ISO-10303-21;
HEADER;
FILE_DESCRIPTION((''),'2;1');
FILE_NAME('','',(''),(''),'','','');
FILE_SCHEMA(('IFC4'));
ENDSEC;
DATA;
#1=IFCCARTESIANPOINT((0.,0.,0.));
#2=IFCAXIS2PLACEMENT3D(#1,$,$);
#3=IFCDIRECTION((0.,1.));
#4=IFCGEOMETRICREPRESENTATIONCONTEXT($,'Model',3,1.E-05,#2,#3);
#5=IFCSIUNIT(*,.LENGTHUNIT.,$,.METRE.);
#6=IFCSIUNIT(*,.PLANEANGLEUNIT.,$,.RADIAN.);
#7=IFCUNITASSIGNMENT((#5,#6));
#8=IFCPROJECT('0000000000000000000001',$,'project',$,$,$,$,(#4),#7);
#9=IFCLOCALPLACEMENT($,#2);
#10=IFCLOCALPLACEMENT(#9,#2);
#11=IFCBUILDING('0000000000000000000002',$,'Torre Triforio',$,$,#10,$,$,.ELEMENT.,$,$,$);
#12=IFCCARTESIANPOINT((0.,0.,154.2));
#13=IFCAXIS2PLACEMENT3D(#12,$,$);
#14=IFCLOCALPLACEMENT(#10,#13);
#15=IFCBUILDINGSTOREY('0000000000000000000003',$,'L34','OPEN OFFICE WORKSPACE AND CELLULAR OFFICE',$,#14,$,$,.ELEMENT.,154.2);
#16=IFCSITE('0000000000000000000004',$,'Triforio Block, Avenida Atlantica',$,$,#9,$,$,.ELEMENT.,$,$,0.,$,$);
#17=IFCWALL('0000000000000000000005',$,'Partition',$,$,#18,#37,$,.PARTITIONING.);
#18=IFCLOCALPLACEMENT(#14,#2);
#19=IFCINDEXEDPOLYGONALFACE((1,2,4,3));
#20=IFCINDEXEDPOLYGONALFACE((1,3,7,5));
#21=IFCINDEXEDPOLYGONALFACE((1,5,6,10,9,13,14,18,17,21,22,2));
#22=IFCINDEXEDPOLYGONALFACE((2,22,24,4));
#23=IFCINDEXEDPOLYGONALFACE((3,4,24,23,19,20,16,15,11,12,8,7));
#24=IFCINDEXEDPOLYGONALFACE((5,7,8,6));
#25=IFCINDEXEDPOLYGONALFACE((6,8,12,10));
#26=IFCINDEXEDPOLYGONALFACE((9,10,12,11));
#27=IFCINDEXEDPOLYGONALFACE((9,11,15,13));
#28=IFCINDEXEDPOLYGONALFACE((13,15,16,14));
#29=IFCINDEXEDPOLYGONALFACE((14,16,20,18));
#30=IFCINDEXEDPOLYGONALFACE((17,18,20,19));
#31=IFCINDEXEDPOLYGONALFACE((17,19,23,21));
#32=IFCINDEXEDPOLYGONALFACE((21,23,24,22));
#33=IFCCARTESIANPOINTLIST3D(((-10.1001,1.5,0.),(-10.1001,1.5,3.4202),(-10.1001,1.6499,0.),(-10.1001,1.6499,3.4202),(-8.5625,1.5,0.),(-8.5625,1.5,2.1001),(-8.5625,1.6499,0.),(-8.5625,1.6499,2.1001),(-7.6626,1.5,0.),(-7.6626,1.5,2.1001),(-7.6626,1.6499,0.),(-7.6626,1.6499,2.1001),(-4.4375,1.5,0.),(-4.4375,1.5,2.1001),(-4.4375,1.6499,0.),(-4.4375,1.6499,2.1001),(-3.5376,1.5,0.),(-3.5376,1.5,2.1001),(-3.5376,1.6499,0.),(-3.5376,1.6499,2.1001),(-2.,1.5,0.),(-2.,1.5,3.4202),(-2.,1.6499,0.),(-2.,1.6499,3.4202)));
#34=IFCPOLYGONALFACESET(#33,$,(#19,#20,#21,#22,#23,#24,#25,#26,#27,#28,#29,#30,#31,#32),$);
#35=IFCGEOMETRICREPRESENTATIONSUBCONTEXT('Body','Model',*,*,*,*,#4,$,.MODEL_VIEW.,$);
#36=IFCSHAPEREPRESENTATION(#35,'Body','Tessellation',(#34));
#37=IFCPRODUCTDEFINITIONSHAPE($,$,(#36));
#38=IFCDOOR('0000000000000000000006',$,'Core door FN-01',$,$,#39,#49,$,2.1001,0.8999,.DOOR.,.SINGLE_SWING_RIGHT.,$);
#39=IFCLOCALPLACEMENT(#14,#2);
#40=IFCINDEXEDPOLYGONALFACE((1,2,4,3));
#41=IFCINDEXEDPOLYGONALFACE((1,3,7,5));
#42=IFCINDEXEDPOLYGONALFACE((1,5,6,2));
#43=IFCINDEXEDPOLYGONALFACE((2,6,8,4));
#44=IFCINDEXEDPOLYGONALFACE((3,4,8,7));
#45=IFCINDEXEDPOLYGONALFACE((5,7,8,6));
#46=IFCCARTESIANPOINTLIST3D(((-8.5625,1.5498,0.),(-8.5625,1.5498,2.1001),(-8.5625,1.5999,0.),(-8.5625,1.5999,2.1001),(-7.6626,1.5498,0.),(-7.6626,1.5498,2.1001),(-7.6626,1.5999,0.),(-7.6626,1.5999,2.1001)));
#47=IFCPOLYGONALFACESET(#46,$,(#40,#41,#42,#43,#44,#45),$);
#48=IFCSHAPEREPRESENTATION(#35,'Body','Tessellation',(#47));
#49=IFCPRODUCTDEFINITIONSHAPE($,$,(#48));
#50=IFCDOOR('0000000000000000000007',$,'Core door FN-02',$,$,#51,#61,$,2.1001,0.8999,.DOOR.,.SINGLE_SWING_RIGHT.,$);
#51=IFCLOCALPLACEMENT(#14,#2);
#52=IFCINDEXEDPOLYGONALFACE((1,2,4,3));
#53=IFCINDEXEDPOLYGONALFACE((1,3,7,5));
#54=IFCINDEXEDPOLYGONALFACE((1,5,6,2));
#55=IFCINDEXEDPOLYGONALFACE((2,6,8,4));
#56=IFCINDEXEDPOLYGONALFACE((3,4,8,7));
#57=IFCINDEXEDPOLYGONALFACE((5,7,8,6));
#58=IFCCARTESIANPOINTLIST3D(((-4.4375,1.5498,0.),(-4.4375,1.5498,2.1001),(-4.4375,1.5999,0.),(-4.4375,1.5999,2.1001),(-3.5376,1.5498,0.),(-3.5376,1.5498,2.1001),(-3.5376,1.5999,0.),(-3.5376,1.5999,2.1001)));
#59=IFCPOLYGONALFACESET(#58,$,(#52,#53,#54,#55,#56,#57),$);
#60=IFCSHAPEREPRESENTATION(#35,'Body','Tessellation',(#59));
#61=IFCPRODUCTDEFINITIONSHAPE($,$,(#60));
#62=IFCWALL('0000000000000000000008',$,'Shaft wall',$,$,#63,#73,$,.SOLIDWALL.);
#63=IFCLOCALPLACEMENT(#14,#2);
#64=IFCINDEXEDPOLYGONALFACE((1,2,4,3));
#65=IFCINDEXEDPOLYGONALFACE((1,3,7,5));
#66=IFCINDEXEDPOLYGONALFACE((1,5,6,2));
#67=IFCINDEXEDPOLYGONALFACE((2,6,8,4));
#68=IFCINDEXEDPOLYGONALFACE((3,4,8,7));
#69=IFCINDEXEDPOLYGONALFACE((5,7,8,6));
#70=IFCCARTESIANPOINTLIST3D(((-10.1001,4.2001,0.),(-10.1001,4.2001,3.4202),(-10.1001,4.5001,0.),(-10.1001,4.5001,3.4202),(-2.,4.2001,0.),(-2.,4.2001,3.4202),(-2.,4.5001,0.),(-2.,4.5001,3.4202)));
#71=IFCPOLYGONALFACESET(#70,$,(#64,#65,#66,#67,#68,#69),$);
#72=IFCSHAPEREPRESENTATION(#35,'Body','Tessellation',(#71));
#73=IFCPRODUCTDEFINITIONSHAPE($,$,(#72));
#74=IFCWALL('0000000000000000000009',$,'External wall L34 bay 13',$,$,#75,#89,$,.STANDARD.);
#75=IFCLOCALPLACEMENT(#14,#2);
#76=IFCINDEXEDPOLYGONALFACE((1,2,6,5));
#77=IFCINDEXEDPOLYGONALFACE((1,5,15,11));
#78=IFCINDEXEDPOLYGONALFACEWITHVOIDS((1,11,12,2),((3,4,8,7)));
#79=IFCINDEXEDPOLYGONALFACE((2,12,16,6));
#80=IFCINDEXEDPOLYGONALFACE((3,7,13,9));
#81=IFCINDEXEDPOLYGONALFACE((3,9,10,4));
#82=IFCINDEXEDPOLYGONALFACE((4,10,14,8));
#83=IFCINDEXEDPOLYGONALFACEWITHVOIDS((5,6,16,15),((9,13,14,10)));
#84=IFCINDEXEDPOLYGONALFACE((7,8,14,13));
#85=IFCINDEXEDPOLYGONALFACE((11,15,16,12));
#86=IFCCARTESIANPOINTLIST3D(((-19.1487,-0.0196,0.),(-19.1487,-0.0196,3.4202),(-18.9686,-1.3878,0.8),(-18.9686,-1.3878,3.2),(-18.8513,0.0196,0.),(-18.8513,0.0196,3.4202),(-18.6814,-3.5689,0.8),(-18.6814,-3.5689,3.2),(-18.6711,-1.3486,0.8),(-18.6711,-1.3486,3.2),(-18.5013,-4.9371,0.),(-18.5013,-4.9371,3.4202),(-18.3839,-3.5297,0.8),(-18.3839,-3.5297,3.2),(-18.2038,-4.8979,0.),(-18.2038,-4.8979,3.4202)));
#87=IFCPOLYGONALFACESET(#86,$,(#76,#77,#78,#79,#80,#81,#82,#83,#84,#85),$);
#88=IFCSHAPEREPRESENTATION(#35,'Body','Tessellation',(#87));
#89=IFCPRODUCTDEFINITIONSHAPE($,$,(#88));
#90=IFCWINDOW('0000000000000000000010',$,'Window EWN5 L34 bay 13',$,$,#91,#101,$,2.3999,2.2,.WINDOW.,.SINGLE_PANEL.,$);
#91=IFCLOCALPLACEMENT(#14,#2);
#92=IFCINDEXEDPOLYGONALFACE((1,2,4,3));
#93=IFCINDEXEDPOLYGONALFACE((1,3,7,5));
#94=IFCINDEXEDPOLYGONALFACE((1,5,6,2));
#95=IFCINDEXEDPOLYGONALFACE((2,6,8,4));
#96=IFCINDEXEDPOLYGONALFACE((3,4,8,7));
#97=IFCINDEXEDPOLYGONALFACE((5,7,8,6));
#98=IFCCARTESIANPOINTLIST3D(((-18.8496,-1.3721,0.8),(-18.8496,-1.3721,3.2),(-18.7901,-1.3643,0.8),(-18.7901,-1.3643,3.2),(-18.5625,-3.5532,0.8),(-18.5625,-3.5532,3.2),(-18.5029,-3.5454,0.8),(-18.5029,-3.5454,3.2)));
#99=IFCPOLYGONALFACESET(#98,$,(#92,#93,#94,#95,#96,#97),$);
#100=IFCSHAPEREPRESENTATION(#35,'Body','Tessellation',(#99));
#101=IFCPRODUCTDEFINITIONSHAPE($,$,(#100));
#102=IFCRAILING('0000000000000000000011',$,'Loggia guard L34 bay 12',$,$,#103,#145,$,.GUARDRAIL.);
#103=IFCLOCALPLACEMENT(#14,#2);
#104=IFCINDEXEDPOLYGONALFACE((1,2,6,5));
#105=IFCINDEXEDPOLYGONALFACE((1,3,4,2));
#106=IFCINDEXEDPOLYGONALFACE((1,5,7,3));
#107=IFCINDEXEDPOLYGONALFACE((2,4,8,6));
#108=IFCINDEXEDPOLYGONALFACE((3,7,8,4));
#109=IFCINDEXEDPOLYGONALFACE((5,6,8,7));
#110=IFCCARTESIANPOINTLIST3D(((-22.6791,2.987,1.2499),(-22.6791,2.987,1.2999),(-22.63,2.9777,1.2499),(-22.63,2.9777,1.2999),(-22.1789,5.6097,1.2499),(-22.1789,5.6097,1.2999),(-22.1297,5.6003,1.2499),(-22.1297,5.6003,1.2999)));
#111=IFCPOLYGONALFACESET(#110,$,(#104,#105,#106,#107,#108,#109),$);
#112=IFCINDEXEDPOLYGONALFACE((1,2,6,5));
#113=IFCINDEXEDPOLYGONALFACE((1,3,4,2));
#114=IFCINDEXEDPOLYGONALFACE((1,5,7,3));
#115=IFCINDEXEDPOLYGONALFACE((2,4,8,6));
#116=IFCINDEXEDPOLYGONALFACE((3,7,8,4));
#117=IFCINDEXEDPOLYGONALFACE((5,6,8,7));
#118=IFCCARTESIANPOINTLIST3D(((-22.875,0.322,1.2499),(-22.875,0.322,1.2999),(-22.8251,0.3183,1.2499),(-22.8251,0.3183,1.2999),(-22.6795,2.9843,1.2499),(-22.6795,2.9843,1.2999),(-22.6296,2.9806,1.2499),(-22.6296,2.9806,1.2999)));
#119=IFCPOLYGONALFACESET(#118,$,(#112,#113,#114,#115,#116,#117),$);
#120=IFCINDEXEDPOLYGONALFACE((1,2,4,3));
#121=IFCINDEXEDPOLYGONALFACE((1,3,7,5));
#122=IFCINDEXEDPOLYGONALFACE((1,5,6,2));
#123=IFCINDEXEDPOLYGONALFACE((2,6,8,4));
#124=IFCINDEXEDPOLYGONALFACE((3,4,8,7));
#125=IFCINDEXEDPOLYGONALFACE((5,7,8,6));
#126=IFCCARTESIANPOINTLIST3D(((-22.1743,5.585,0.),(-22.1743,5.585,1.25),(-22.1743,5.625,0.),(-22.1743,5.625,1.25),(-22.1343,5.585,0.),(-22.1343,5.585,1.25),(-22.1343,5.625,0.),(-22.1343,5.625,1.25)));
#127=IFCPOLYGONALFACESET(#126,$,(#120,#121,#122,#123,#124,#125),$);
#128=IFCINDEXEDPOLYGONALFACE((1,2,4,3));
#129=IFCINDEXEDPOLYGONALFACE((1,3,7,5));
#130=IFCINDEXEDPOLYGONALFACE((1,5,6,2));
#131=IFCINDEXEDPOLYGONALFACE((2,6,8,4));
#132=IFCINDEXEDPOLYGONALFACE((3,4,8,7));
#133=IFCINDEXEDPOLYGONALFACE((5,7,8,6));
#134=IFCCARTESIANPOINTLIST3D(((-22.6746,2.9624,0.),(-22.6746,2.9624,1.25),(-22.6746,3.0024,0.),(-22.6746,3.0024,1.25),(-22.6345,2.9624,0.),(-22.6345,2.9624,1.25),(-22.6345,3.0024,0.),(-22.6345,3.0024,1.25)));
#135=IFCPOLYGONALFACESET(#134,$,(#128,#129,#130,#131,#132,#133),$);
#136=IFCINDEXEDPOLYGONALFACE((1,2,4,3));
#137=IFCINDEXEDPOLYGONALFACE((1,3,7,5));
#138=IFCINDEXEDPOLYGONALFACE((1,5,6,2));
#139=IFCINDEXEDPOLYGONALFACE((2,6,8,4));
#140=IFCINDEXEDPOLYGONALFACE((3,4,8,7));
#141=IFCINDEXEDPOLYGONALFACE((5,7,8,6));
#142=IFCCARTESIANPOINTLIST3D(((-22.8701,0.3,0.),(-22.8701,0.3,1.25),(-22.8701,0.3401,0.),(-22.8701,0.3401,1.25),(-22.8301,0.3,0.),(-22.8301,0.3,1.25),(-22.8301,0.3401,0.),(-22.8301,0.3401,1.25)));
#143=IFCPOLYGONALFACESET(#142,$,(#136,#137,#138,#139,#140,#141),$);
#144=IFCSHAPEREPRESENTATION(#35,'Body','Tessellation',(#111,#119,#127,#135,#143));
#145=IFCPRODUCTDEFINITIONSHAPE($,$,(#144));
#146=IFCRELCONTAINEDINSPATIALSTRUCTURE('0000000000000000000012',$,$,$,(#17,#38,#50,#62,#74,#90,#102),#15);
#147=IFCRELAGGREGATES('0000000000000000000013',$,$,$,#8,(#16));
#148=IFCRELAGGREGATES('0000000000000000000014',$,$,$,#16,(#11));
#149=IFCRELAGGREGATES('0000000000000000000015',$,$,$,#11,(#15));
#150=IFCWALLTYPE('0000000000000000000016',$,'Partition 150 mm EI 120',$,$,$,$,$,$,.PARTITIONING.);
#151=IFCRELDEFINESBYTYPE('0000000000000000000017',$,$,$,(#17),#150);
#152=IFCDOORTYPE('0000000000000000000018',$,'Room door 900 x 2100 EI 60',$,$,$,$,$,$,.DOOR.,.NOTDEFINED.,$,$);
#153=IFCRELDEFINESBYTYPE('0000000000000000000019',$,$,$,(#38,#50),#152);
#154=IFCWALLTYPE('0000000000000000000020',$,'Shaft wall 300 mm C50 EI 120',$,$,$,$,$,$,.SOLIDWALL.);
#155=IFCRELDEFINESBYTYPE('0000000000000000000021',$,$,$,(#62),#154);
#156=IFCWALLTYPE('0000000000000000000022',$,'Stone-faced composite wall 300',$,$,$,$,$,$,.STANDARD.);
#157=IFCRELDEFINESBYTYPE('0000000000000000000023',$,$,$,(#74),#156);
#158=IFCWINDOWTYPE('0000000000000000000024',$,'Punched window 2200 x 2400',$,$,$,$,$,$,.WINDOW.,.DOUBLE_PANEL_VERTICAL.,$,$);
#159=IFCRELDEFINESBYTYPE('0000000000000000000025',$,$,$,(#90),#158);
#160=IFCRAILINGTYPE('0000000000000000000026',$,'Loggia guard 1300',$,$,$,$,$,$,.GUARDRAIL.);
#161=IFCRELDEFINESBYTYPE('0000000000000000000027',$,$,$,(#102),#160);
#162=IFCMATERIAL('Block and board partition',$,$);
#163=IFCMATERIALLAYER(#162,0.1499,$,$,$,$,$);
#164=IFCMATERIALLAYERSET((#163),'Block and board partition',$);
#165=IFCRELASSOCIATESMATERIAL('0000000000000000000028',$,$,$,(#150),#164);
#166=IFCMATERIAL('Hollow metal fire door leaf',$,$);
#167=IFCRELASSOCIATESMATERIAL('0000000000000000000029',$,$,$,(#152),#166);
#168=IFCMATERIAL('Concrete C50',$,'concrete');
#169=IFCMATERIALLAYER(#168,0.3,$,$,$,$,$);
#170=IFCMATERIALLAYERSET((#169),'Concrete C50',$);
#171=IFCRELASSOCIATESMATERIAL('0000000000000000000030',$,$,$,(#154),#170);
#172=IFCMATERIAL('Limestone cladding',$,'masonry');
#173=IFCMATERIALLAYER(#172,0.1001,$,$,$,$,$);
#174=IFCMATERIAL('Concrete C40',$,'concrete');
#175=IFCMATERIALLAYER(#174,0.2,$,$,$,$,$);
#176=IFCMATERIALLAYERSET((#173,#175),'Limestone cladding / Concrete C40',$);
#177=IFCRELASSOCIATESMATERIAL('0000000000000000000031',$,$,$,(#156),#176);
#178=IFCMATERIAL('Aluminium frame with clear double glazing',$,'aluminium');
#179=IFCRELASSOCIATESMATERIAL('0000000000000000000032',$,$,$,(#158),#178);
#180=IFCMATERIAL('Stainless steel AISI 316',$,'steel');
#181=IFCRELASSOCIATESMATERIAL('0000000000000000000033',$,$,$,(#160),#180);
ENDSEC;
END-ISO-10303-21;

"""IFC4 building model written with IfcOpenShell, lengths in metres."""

from ifc_helpers import new_model, si_unit, direction, frame, frame_2d, origin, origin_2d, place, context, subcontext, project, spatial, rectangle, extrude, material, layer, layer_set, type_object, element, fill, save


model = new_model("IFC4")

# Units and contexts
model_context = context("Model", 3, precision=1e-05, world=origin(), true_north=direction((0.0, 1.0)))
body_context = subcontext(model_context, "Body", "Model", "MODEL_VIEW")
ifc_project = project(units=[si_unit("LENGTHUNIT", "METRE"), si_unit("PLANEANGLEUNIT", "RADIAN")], contexts=[model_context])

# Site, building, storey
site_placement = place(None, origin())
site = spatial("IfcSite", under=ifc_project, at=site_placement, Name="Triforio Block, Avenida Atlantica", CompositionType="ELEMENT", RefElevation=0.0)
building_placement = place(site_placement, origin())
building = spatial("IfcBuilding", under=site, at=building_placement, Name="Torre Triforio", CompositionType="ELEMENT")
storey_placement = place(building_placement, frame((0.0, 0.0, 154.2)))
storey = spatial("IfcBuildingStorey", under=building, at=storey_placement, Name="L34", Description="OPEN OFFICE WORKSPACE AND CELLULAR OFFICE", CompositionType="ELEMENT", Elevation=154.2)

# Shared definitions
ifc_material_1 = material(Name="Concrete C50", Category="concrete")

# Shared definitions
ifc_material_2 = material(Name="Concrete C40", Category="concrete")

# Shared definitions
ifc_material_3 = material(Name="Hollow metal fire door leaf")

# Wall, openings, doors
ifc_material_4 = material(Name="Block and board partition")
ifc_layer_1 = layer(ifc_material_4, 0.1499)
ifc_layer_set_1 = layer_set([ifc_layer_1], Name="Block and board partition")
wall_type_1 = type_object("IfcWallType", Name="Partition 150 mm EI 120", PredefinedType="PARTITIONING", material=ifc_layer_set_1)
wall_1_placement = place(storey_placement, frame((-10.1001, 1.575, 0.0), z_axis=(0.0, 0.0, 1.0), x_axis=(1.0, 0.0, 0.0)))
wall_1 = element("IfcWall", 1, at=wall_1_placement, inside=storey, type_object=wall_type_1, Name="Partition", PredefinedType="PARTITIONING", context=body_context, shape_type="SweptSolid", body=[
    extrude(rectangle(XDim=8.1001, YDim=0.1499, at=frame_2d((4.05, 0.0))), origin(), (0.0, 0.0, 1.0), 3.4202),
])
opening_1_placement = place(wall_1_placement, frame((1.5376, 0.0, 0.0)))
opening_1 = element("IfcOpeningElement", 2, at=opening_1_placement, cuts=wall_1, PredefinedType="OPENING", context=body_context, shape_type="SweptSolid", body=[
    extrude(rectangle(XDim=0.8999, YDim=2.1001, at=frame_2d((0.45, 1.05))), frame((0.0, 0.085, 0.0), z_axis=(0.0, -1.0, 0.0), x_axis=(1.0, 0.0, 0.0)), (0.0, 0.0, 1.0), 0.1699),
])
opening_2_placement = place(wall_1_placement, frame((5.6626, 0.0, 0.0)))
opening_2 = element("IfcOpeningElement", 3, at=opening_2_placement, cuts=wall_1, PredefinedType="OPENING", context=body_context, shape_type="SweptSolid", body=[
    extrude(rectangle(XDim=0.8999, YDim=2.1001, at=frame_2d((0.45, 1.05))), frame((0.0, 0.085, 0.0), z_axis=(0.0, -1.0, 0.0), x_axis=(1.0, 0.0, 0.0)), (0.0, 0.0, 1.0), 0.1699),
])
door_type_1 = type_object("IfcDoorType", Name="Room door 900 x 2100 EI 60", OperationType="NOTDEFINED", PredefinedType="DOOR", material=ifc_material_3)
door_1_placement = place(opening_1_placement, origin())
door_1 = element("IfcDoor", 4, at=door_1_placement, inside=storey, type_object=door_type_1, Name="Core door FN-01", OperationType="SINGLE_SWING_RIGHT", OverallHeight=2.1001, OverallWidth=0.8999, PredefinedType="DOOR", context=body_context, shape_type="SweptSolid", body=[
    extrude(rectangle(XDim=0.8999, YDim=2.1001, at=frame_2d((0.45, 1.05))), frame((0.0, 0.0249, 0.0), z_axis=(0.0, -1.0, 0.0), x_axis=(1.0, 0.0, 0.0)), (0.0, 0.0, 1.0), 0.05),
])
fill(opening_1, door_1)
door_2_placement = place(opening_2_placement, origin())
door_2 = element("IfcDoor", 5, at=door_2_placement, inside=storey, type_object=door_type_1, Name="Core door FN-02", OperationType="SINGLE_SWING_RIGHT", OverallHeight=2.1001, OverallWidth=0.8999, PredefinedType="DOOR", context=body_context, shape_type="SweptSolid", body=[
    extrude(rectangle(XDim=0.8999, YDim=2.1001, at=frame_2d((0.45, 1.05))), frame((0.0, 0.0249, 0.0), z_axis=(0.0, -1.0, 0.0), x_axis=(1.0, 0.0, 0.0)), (0.0, 0.0, 1.0), 0.05),
])
fill(opening_2, door_2)

# Wall
ifc_layer_2 = layer(ifc_material_1, 0.3)
ifc_layer_set_2 = layer_set([ifc_layer_2], Name="Concrete C50")
wall_type_2 = type_object("IfcWallType", Name="Shaft wall 300 mm C50 EI 120", PredefinedType="SOLIDWALL", material=ifc_layer_set_2)
wall_2_placement = place(storey_placement, frame((-10.1001, 4.3501, 0.0), z_axis=(0.0, 0.0, 1.0), x_axis=(1.0, 0.0, 0.0)))
element("IfcWall", 6, at=wall_2_placement, inside=storey, type_object=wall_type_2, Name="Shaft wall", PredefinedType="SOLIDWALL", context=body_context, shape_type="SweptSolid", body=[
    extrude(rectangle(XDim=8.1001, YDim=0.3, at=frame_2d((4.05, 0.0))), origin(), (0.0, 0.0, 1.0), 3.4202),
])

# Shared definitions
ifc_material_5 = material(Name="Limestone cladding", Category="masonry")
ifc_layer_3 = layer(ifc_material_5, 0.1001)
ifc_layer_4 = layer(ifc_material_2, 0.2)
ifc_layer_set_3 = layer_set([ifc_layer_3, ifc_layer_4], Name="Limestone cladding / Concrete C40")
wall_type_3 = type_object("IfcWallType", Name="Stone-faced composite wall 300", PredefinedType="STANDARD", material=ifc_layer_set_3)
ifc_material_6 = material(Name="Aluminium frame with clear double glazing", Category="aluminium")

# Wall, opening, window
wall_3_placement = place(storey_placement, frame((-19.0, 0.0, 0.0), z_axis=(0.0, 0.0, 1.0), x_axis=(0.130539, -0.991443, 0.0)))
wall_3 = element("IfcWall", 7, at=wall_3_placement, inside=storey, type_object=wall_type_3, Name="External wall L34 bay 13", PredefinedType="STANDARD", context=body_context, shape_type="SweptSolid", body=[
    extrude(rectangle(XDim=4.96, YDim=0.3, at=frame_2d((2.48, 0.0))), origin(), (0.0, 0.0, 1.0), 3.4202),
])
opening_3_placement = place(wall_3_placement, frame((1.3799, 0.0, 0.8)))
opening_3 = element("IfcOpeningElement", 8, at=opening_3_placement, cuts=wall_3, PredefinedType="OPENING", context=body_context, shape_type="SweptSolid", body=[
    extrude(rectangle(XDim=2.2, YDim=2.3999, at=frame_2d((1.1001, 1.2))), frame((0.0, 0.1599, 0.0), z_axis=(0.0, -1.0, 0.0), x_axis=(1.0, 0.0, 0.0)), (0.0, 0.0, 1.0), 0.3201),
])
window_type_1 = type_object("IfcWindowType", Name="Punched window 2200 x 2400", PartitioningType="DOUBLE_PANEL_VERTICAL", PredefinedType="WINDOW", material=ifc_material_6)
window_1_placement = place(opening_3_placement, origin())
window_1 = element("IfcWindow", 9, at=window_1_placement, inside=storey, type_object=window_type_1, Name="Window EWN5 L34 bay 13", OverallHeight=2.3999, OverallWidth=2.2, PartitioningType="SINGLE_PANEL", PredefinedType="WINDOW", context=body_context, shape_type="SweptSolid", body=[
    extrude(rectangle(XDim=2.2, YDim=2.3999, at=frame_2d((1.1001, 1.2))), frame((0.0, 0.03, 0.0), z_axis=(0.0, -1.0, 0.0), x_axis=(1.0, 0.0, 0.0)), (0.0, 0.0, 1.0), 0.0601),
])
fill(opening_3, window_1)

# Railing
ifc_material_7 = material(Name="Stainless steel AISI 316", Category="steel")
railing_type = type_object("IfcRailingType", Name="Loggia guard 1300", PredefinedType="GUARDRAIL", material=ifc_material_7)
railing_placement = place(storey_placement, frame((-22.1543, 5.605, 0.0)))
element("IfcRailing", 10, at=railing_placement, inside=storey, type_object=railing_type, Name="Loggia guard L34 bay 12", PredefinedType="GUARDRAIL", context=body_context, shape_type="SweptSolid", body=[
    extrude(rectangle(XDim=0.05, YDim=0.05, at=origin_2d()), frame((0.0, 0.0, 1.2749), z_axis=(-0.187368, -0.98229, 0.0), x_axis=(0.98229, -0.187368, 0.0)), (0.0, 0.0, 1.0), 2.6699),
    extrude(rectangle(XDim=0.05, YDim=0.05, at=origin_2d()), frame((-0.5002, -2.6226, 1.2749), z_axis=(-0.073255, -0.997313, 0.0), x_axis=(0.997313, -0.073255, 0.0)), (0.0, 0.0, 1.0), 2.6694),
    extrude(rectangle(XDim=0.04, YDim=0.04, at=origin_2d()), origin(), (0.0, 0.0, 1.0), 1.25),
    extrude(rectangle(XDim=0.04, YDim=0.04, at=origin_2d()), frame((-0.5002, -2.6226, 0.0)), (0.0, 0.0, 1.0), 1.25),
    extrude(rectangle(XDim=0.04, YDim=0.04, at=origin_2d()), frame((-0.6958, -5.2849, 0.0)), (0.0, 0.0, 1.0), 1.25),
])

save(model, "model.ifc")
